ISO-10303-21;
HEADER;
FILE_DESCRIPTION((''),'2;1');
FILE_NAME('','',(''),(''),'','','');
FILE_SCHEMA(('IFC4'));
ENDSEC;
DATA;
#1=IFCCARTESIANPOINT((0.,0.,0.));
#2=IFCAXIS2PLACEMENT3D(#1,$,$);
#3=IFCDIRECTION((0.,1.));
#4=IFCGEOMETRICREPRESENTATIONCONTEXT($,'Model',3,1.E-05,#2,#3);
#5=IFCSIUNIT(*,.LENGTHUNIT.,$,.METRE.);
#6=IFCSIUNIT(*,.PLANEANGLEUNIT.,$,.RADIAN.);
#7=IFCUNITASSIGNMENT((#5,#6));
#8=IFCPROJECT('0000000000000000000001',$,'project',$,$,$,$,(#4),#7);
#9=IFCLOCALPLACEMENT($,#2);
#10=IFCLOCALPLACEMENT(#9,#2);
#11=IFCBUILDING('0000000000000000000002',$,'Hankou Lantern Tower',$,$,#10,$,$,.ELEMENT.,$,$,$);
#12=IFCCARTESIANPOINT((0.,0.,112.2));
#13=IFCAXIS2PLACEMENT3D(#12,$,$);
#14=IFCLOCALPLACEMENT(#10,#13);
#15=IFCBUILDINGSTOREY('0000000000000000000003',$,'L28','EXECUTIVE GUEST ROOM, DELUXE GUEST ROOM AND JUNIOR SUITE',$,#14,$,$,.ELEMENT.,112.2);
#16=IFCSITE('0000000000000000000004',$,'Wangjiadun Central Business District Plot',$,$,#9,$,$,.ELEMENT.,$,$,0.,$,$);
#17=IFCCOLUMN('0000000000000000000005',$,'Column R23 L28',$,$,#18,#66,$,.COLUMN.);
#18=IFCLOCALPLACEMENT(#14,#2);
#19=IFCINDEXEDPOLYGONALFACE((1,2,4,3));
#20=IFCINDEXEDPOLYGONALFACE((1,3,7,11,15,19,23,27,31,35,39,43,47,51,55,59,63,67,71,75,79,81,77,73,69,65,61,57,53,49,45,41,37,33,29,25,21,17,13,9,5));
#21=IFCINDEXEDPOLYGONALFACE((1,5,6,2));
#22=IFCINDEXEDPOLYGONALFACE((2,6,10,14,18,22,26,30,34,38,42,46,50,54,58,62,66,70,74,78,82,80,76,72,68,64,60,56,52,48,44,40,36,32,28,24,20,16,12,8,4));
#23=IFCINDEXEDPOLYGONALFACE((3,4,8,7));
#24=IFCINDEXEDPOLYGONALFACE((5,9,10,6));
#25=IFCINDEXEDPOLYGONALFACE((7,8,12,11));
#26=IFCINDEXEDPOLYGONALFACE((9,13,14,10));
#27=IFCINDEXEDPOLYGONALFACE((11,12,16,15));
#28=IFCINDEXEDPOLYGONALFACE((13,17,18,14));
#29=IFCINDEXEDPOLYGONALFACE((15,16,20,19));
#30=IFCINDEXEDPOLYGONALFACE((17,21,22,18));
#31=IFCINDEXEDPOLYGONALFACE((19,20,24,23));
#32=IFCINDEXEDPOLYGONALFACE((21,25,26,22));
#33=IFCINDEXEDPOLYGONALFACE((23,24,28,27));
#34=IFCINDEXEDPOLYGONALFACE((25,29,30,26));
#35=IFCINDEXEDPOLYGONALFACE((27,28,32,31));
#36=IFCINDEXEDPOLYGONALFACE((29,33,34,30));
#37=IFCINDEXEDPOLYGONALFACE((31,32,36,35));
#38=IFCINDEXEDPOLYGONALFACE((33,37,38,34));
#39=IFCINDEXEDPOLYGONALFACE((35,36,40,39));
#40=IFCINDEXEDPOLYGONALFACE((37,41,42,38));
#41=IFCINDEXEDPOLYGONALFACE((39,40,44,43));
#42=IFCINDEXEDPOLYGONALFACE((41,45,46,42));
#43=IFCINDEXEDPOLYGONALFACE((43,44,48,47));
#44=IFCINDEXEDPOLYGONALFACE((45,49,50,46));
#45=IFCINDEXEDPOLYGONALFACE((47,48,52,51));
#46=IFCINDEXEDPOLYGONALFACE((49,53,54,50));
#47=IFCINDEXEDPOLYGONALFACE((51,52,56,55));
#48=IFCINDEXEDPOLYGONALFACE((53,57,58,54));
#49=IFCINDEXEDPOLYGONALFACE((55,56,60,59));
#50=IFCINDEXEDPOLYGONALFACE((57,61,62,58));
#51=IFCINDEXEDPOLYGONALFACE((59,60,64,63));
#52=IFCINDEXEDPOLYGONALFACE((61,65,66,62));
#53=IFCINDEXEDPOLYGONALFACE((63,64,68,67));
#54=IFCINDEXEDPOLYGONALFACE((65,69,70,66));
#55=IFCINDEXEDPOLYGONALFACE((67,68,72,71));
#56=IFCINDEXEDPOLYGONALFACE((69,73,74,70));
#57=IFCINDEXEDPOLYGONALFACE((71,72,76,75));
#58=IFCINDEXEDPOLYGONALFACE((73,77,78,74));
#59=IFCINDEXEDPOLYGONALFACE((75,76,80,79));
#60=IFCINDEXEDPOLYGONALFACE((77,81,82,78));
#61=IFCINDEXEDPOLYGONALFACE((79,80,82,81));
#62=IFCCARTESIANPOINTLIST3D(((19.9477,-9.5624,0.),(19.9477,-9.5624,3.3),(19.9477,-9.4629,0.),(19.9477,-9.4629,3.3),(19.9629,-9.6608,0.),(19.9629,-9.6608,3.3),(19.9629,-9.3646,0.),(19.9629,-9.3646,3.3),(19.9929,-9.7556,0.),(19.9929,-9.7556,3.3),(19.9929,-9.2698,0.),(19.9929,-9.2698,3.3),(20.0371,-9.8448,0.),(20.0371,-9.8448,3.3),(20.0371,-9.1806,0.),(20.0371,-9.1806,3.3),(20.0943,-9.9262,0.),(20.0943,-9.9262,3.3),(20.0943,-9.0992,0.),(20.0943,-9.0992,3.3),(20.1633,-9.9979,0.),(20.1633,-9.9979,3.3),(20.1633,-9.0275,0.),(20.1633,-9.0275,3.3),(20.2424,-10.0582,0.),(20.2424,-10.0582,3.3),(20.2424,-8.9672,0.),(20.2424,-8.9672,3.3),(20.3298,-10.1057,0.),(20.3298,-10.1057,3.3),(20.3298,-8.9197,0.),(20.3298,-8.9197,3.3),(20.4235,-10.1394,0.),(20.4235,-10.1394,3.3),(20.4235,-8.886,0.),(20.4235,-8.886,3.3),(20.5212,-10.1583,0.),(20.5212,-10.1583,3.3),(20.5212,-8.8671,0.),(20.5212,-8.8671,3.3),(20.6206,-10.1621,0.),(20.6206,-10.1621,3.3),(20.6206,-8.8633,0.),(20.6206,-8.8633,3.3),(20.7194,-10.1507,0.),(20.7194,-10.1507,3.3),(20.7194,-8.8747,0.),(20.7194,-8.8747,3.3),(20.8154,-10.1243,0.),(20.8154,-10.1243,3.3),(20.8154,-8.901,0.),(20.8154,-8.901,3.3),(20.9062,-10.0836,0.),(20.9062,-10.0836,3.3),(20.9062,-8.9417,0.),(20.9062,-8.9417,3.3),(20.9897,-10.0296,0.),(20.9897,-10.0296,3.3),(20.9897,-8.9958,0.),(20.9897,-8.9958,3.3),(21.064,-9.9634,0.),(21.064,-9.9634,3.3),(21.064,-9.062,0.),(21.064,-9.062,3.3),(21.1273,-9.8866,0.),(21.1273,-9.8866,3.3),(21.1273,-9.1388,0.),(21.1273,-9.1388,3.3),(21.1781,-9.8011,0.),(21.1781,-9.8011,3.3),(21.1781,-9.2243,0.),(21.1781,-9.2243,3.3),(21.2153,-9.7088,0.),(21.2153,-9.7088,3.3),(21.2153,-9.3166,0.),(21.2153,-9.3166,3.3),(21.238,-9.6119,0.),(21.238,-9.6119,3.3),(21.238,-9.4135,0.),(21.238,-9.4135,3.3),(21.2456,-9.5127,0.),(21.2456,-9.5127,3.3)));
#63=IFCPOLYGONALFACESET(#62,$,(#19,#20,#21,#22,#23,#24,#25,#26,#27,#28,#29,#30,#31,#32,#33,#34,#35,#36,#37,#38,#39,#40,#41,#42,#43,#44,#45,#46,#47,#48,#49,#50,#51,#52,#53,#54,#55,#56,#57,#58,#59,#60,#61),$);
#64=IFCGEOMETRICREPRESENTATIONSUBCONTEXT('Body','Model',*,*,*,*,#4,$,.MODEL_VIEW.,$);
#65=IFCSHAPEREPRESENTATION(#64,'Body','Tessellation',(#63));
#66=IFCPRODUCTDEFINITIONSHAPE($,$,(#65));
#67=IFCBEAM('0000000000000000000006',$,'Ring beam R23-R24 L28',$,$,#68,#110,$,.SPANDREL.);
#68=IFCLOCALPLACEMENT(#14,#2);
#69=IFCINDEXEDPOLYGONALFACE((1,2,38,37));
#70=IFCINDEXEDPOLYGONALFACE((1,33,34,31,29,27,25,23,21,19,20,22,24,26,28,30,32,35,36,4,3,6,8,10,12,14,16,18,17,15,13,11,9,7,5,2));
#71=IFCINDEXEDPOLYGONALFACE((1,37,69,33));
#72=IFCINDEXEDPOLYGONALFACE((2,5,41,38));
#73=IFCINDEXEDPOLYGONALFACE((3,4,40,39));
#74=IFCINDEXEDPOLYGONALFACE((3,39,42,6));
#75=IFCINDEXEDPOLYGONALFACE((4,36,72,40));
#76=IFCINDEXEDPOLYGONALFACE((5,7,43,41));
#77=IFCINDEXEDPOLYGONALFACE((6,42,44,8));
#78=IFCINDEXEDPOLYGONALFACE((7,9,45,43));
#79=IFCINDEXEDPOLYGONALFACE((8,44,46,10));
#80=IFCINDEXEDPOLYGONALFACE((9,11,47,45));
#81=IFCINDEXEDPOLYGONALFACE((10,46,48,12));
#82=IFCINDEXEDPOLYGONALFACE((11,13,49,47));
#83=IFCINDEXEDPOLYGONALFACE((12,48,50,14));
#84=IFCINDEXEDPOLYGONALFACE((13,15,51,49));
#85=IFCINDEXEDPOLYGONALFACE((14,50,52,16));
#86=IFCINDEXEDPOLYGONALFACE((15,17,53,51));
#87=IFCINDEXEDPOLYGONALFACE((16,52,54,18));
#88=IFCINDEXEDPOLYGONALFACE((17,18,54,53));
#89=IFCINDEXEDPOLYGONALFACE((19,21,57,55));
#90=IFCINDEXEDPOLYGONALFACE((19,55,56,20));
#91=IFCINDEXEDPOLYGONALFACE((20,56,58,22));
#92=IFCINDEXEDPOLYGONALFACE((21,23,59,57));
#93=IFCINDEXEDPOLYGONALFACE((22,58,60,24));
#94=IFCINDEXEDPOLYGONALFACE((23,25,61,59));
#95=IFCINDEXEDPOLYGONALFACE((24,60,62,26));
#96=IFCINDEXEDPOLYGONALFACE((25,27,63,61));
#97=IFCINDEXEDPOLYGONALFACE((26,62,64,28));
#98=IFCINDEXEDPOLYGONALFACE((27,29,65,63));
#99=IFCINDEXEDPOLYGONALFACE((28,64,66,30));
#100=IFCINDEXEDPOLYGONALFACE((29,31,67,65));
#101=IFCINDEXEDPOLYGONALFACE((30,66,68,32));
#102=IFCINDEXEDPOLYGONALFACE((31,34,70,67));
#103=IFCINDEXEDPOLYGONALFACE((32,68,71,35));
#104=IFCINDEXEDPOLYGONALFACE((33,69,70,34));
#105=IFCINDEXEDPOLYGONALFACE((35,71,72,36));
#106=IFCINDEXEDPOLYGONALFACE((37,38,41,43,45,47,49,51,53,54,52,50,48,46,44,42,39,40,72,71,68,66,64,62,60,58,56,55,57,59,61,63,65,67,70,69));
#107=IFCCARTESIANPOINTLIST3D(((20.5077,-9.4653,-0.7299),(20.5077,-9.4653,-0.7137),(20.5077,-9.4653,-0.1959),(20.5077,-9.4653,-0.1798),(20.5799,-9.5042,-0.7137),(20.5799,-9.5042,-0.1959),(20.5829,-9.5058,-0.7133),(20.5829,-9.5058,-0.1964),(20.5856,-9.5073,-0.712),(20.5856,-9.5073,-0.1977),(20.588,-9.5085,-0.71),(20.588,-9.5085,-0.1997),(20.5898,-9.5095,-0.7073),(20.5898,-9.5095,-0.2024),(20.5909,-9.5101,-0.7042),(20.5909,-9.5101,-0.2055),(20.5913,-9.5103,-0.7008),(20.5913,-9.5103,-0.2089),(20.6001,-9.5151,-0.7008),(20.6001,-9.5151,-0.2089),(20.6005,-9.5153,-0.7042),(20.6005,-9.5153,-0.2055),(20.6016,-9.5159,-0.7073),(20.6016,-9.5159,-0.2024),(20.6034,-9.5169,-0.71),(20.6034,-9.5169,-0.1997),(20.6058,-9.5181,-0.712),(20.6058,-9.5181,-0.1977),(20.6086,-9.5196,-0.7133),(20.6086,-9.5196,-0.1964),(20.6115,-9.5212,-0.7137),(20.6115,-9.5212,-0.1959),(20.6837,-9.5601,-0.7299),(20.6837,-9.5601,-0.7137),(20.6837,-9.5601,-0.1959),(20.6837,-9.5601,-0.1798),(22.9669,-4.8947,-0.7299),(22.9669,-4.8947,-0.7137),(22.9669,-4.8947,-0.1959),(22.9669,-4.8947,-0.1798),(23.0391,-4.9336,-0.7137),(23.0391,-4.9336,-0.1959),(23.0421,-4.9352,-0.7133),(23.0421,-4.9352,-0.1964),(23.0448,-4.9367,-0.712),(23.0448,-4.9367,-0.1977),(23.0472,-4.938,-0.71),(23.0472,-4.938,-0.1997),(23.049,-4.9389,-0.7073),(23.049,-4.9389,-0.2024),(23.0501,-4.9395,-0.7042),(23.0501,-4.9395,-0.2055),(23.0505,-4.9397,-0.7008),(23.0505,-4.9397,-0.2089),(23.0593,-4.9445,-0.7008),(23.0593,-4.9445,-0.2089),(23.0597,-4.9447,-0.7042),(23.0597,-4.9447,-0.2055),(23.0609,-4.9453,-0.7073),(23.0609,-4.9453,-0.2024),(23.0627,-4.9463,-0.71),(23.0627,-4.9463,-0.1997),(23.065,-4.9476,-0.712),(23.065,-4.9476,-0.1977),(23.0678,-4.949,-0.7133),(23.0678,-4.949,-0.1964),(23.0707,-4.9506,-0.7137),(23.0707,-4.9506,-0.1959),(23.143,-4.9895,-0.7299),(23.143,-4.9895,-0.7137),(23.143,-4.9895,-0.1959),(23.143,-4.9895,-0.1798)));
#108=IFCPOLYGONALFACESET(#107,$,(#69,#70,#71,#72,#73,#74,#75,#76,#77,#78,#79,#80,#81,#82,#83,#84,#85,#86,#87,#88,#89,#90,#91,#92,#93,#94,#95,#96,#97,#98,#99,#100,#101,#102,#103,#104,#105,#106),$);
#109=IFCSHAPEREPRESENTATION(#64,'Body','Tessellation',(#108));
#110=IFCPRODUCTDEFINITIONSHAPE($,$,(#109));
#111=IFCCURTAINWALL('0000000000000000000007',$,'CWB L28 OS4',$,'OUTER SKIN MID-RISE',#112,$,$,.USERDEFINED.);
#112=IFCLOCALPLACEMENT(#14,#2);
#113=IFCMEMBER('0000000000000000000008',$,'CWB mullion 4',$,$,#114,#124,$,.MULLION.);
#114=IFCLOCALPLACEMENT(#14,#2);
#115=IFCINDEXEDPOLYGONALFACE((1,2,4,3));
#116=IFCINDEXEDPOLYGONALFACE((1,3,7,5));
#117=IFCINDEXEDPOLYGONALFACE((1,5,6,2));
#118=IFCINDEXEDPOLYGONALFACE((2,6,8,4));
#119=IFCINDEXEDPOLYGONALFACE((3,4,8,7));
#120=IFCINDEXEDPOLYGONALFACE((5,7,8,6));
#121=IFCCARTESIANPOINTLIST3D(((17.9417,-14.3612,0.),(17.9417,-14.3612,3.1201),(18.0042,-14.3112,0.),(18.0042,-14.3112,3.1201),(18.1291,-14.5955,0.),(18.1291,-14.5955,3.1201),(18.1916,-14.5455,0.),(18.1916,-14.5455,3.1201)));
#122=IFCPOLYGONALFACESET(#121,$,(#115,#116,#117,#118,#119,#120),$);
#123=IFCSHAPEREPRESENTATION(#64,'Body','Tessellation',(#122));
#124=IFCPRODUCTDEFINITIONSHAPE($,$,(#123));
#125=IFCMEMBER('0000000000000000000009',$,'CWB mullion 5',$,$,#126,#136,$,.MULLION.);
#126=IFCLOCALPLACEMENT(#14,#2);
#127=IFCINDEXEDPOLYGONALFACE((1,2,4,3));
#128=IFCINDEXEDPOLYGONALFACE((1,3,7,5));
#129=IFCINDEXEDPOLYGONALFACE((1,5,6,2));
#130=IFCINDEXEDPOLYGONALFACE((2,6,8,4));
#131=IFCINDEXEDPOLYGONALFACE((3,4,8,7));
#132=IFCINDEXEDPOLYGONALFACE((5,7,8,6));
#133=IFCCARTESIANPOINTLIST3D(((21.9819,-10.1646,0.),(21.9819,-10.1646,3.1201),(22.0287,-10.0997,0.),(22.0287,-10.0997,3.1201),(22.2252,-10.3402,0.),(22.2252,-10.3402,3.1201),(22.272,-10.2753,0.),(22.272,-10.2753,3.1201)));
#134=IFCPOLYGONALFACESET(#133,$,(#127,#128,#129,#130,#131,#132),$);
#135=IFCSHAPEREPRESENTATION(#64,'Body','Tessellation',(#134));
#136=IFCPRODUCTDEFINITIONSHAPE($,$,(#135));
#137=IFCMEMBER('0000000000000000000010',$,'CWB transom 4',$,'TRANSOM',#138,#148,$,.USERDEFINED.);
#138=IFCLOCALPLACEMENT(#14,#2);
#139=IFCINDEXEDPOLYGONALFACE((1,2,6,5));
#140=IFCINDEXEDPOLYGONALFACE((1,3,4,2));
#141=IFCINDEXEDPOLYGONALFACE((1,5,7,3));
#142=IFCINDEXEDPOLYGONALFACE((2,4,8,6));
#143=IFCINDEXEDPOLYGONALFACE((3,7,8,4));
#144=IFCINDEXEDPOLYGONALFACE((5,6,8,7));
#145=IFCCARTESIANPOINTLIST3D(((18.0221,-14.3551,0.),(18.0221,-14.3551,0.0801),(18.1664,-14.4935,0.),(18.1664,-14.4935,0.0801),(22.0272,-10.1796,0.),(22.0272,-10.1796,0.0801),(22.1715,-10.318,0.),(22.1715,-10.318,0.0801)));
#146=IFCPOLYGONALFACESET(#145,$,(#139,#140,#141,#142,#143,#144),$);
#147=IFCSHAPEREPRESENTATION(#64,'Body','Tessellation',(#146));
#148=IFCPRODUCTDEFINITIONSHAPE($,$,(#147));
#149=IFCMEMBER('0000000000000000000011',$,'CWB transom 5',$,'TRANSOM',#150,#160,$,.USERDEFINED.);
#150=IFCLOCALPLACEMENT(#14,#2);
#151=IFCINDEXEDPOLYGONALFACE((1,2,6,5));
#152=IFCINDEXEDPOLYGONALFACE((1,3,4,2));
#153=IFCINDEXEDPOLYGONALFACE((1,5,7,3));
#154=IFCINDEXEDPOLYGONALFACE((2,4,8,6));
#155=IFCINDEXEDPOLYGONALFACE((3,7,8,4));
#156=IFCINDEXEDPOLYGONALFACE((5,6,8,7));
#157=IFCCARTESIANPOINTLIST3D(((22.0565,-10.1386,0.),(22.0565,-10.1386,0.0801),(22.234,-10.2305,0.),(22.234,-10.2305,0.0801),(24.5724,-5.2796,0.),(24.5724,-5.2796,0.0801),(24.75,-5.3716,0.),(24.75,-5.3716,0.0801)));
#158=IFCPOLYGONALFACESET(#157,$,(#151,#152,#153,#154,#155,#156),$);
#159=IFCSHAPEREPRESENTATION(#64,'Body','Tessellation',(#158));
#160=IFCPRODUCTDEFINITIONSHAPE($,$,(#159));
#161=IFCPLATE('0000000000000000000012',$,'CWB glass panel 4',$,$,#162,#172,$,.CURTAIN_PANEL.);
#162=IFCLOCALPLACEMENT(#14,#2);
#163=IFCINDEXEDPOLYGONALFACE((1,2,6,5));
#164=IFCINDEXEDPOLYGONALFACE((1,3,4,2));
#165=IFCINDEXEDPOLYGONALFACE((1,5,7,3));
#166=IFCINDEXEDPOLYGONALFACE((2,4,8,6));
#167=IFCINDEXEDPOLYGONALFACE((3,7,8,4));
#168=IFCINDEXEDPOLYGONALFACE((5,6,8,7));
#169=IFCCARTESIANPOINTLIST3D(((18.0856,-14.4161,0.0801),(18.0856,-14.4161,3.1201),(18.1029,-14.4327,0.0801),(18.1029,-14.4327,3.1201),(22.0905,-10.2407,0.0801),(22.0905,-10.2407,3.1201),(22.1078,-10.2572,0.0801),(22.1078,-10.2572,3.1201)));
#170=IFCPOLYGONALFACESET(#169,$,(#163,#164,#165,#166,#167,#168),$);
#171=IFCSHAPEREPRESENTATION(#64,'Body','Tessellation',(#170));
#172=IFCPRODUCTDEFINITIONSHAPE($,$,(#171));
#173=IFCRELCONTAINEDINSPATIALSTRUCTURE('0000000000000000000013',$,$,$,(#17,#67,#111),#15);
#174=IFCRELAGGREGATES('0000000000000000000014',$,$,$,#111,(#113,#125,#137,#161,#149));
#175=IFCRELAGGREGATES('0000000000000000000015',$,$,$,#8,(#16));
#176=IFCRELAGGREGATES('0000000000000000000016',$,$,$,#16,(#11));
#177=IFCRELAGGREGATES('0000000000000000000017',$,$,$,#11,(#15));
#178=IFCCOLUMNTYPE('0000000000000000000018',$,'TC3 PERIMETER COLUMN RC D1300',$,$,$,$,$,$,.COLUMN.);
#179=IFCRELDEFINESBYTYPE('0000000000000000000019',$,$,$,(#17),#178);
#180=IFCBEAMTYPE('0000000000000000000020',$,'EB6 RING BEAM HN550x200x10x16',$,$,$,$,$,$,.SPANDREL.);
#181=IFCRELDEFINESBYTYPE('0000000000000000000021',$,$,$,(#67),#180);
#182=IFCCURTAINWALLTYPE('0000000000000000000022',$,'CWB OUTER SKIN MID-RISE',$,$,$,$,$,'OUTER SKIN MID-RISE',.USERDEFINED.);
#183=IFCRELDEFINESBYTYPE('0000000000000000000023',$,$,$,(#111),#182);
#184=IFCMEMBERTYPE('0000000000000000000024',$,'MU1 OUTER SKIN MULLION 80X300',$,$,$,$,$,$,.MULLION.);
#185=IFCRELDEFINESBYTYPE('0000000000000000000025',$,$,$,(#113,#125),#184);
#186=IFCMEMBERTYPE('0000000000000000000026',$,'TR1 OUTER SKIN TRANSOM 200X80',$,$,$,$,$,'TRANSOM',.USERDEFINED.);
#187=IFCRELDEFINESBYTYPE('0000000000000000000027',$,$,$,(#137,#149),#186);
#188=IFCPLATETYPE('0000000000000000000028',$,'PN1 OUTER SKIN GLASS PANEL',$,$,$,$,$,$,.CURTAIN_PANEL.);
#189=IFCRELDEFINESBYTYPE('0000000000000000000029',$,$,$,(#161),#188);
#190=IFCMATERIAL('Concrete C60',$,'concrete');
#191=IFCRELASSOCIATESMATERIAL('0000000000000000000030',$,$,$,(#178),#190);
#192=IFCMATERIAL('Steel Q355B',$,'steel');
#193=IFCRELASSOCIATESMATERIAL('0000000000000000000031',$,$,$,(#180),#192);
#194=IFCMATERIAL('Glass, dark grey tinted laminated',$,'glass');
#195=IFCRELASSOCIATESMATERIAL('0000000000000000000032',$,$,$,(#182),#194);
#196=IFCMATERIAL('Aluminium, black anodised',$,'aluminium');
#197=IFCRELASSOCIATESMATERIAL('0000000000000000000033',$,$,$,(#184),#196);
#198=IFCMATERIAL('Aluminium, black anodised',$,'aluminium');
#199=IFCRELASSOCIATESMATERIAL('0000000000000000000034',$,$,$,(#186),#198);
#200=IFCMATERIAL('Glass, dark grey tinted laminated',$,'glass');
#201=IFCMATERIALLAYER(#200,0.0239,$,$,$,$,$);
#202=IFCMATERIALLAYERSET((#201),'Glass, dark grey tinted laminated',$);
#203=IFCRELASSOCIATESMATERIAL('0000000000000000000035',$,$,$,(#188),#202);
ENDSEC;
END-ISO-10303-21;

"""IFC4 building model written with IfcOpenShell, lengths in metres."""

from ifc_helpers import new_model, si_unit, direction, frame, origin, origin_2d, place, context, subcontext, project, spatial, rectangle, circle, i_section, extrude, material, layer, layer_set, material_profile, profile_set, type_object, element, aggregate, save


model = new_model("IFC4")

# Units and contexts
model_context = context("Model", 3, precision=1e-05, world=origin(), true_north=direction((0.0, 1.0)))
body_context = subcontext(model_context, "Body", "Model", "MODEL_VIEW")
ifc_project = project(units=[si_unit("LENGTHUNIT", "METRE"), si_unit("PLANEANGLEUNIT", "RADIAN")], contexts=[model_context])

# Site, building, storey
site_placement = place(None, origin())
site = spatial("IfcSite", under=ifc_project, at=site_placement, Name="Wangjiadun Central Business District Plot", CompositionType="ELEMENT", RefElevation=0.0)
building_placement = place(site_placement, origin())
building = spatial("IfcBuilding", under=site, at=building_placement, Name="Hankou Lantern Tower", CompositionType="ELEMENT")
storey_placement = place(building_placement, frame((0.0, 0.0, 112.2)))
storey = spatial("IfcBuildingStorey", under=building, at=storey_placement, Name="L28", Description="EXECUTIVE GUEST ROOM, DELUXE GUEST ROOM AND JUNIOR SUITE", CompositionType="ELEMENT", Elevation=112.2)

# Column
ifc_material_1 = material(Name="Concrete C60", Category="concrete")
ifc_material_profile_1 = material_profile(ifc_material_1, circle(Radius=0.6499, at=origin_2d()), Name="RC D1300")
ifc_profile_set_1 = profile_set([ifc_material_profile_1], Name="Concrete C60")
column_type = type_object("IfcColumnType", Name="TC3 PERIMETER COLUMN RC D1300", PredefinedType="COLUMN", material=ifc_profile_set_1)
column_placement = place(storey_placement, frame((20.5957, -9.5127, 0.0), z_axis=(0.0, 0.0, 1.0), x_axis=(1.0, 0.0, 0.0)))
element("IfcColumn", 1, at=column_placement, inside=storey, type_object=column_type, Name="Column R23 L28", PredefinedType="COLUMN", context=body_context, shape_type="SweptSolid", body=[
    extrude(circle(Radius=0.6499, at=origin_2d()), origin(), (0.0, 0.0, 1.0), 3.3),
])

# Beam
ifc_material_2 = material(Name="Steel Q355B", Category="steel")
ifc_material_profile_2 = material_profile(ifc_material_2, i_section(OverallWidth=0.2, OverallDepth=0.55, WebThickness=0.01, FlangeThickness=0.0161, FilletRadius=0.0129, at=origin_2d()), Name="HN550x200x10x16")
ifc_profile_set_2 = profile_set([ifc_material_profile_2], Name="Steel Q355B")
beam_type = type_object("IfcBeamType", Name="EB6 RING BEAM HN550x200x10x16", PredefinedType="SPANDREL", material=ifc_profile_set_2)
beam_placement = place(storey_placement, frame((20.5957, -9.5127, -0.4548), z_axis=(0.473825, 0.880619, 0.0), x_axis=(-0.880619, 0.473825, 0.0)))
element("IfcBeam", 2, at=beam_placement, inside=storey, type_object=beam_type, Name="Ring beam R23-R24 L28", PredefinedType="SPANDREL", context=body_context, shape_type="SweptSolid", body=[
    extrude(i_section(OverallWidth=0.2, OverallDepth=0.55, WebThickness=0.01, FlangeThickness=0.0161, FilletRadius=0.0129, at=origin_2d()), origin(), (0.0, 0.0, 1.0), 5.1902),
])

# Curtain wall, members, plate
ifc_material_3 = material(Name="Glass, dark grey tinted laminated", Category="glass")
curtain_wall_type = type_object("IfcCurtainWallType", Name="CWB OUTER SKIN MID-RISE", ElementType="OUTER SKIN MID-RISE", PredefinedType="USERDEFINED", material=ifc_material_3)
curtain_wall_placement = place(storey_placement, origin())
curtain_wall = element("IfcCurtainWall", 3, at=curtain_wall_placement, inside=storey, type_object=curtain_wall_type, Name="CWB L28 OS4", ObjectType="OUTER SKIN MID-RISE", PredefinedType="USERDEFINED")
ifc_material_4 = material(Name="Aluminium, black anodised", Category="aluminium")
ifc_material_profile_3 = material_profile(ifc_material_4, rectangle(XDim=0.0801, YDim=0.3, at=origin_2d()), Name="MU1 80X300")
ifc_profile_set_3 = profile_set([ifc_material_profile_3], Name="Aluminium, black anodised")
member_type_1 = type_object("IfcMemberType", Name="MU1 OUTER SKIN MULLION 80X300", PredefinedType="MULLION", material=ifc_profile_set_3)
member_1_placement = place(storey_placement, frame((18.0667, -14.4534, 0.0), z_axis=(0.0, 0.0, 1.0), x_axis=(0.780869, 0.624695, 0.0)))
member_1 = element("IfcMember", 4, at=member_1_placement, type_object=member_type_1, Name="CWB mullion 4", PredefinedType="MULLION", context=body_context, shape_type="SweptSolid", body=[
    extrude(rectangle(XDim=0.0801, YDim=0.3, at=origin_2d()), origin(), (0.0, 0.0, 1.0), 3.1201),
])
member_2_placement = place(storey_placement, frame((22.127, -10.22, 0.0), z_axis=(0.0, 0.0, 1.0), x_axis=(0.585206, 0.810885, 0.0)))
member_2 = element("IfcMember", 5, at=member_2_placement, type_object=member_type_1, Name="CWB mullion 5", PredefinedType="MULLION", context=body_context, shape_type="SweptSolid", body=[
    extrude(rectangle(XDim=0.0801, YDim=0.3, at=origin_2d()), origin(), (0.0, 0.0, 1.0), 3.1201),
])
ifc_material_5 = material(Name="Aluminium, black anodised", Category="aluminium")
ifc_material_profile_4 = material_profile(ifc_material_5, rectangle(XDim=0.2, YDim=0.0801, at=origin_2d()), Name="TR1 200X80")
ifc_profile_set_4 = profile_set([ifc_material_profile_4], Name="Aluminium, black anodised")
member_type_2 = type_object("IfcMemberType", Name="TR1 OUTER SKIN TRANSOM 200X80", ElementType="TRANSOM", PredefinedType="USERDEFINED", material=ifc_profile_set_4)
member_3_placement = place(storey_placement, frame((18.0942, -14.4243, 0.04), z_axis=(0.692227, 0.72168, 0.0), x_axis=(-0.72168, 0.692227, 0.0)))
member_3 = element("IfcMember", 6, at=member_3_placement, type_object=member_type_2, Name="CWB transom 4", ObjectType="TRANSOM", PredefinedType="USERDEFINED", context=body_context, shape_type="SweptSolid", body=[
    extrude(rectangle(XDim=0.2, YDim=0.0801, at=origin_2d()), origin(), (0.0, 0.0, 1.0), 5.7859),
])
member_4_placement = place(storey_placement, frame((22.1453, -10.1846, 0.04), z_axis=(0.459805, 0.88802, 0.0), x_axis=(-0.88802, 0.459805, 0.0)))
member_4 = element("IfcMember", 7, at=member_4_placement, type_object=member_type_2, Name="CWB transom 5", ObjectType="TRANSOM", PredefinedType="USERDEFINED", context=body_context, shape_type="SweptSolid", body=[
    extrude(rectangle(XDim=0.2, YDim=0.0801, at=origin_2d()), origin(), (0.0, 0.0, 1.0), 5.4717),
])
ifc_material_6 = material(Name="Glass, dark grey tinted laminated", Category="glass")
ifc_layer_1 = layer(ifc_material_6, 0.0239)
ifc_layer_set_1 = layer_set([ifc_layer_1], Name="Glass, dark grey tinted laminated")
plate_type = type_object("IfcPlateType", Name="PN1 OUTER SKIN GLASS PANEL", PredefinedType="CURTAIN_PANEL", material=ifc_layer_set_1)
plate_placement = place(storey_placement, frame((20.0967, -12.3367, 0.0801), z_axis=(0.0, 0.0, 1.0), x_axis=(0.692216, 0.721691, 0.0)))
plate = element("IfcPlate", 8, at=plate_placement, type_object=plate_type, Name="CWB glass panel 4", PredefinedType="CURTAIN_PANEL", context=body_context, shape_type="SweptSolid", body=[
    extrude(rectangle(XDim=5.7856, YDim=0.0239, at=origin_2d()), origin(), (0.0, 0.0, 1.0), 3.04),
])
aggregate(curtain_wall, [member_1, member_2, member_3, plate, member_4])

save(model, "model.ifc")
